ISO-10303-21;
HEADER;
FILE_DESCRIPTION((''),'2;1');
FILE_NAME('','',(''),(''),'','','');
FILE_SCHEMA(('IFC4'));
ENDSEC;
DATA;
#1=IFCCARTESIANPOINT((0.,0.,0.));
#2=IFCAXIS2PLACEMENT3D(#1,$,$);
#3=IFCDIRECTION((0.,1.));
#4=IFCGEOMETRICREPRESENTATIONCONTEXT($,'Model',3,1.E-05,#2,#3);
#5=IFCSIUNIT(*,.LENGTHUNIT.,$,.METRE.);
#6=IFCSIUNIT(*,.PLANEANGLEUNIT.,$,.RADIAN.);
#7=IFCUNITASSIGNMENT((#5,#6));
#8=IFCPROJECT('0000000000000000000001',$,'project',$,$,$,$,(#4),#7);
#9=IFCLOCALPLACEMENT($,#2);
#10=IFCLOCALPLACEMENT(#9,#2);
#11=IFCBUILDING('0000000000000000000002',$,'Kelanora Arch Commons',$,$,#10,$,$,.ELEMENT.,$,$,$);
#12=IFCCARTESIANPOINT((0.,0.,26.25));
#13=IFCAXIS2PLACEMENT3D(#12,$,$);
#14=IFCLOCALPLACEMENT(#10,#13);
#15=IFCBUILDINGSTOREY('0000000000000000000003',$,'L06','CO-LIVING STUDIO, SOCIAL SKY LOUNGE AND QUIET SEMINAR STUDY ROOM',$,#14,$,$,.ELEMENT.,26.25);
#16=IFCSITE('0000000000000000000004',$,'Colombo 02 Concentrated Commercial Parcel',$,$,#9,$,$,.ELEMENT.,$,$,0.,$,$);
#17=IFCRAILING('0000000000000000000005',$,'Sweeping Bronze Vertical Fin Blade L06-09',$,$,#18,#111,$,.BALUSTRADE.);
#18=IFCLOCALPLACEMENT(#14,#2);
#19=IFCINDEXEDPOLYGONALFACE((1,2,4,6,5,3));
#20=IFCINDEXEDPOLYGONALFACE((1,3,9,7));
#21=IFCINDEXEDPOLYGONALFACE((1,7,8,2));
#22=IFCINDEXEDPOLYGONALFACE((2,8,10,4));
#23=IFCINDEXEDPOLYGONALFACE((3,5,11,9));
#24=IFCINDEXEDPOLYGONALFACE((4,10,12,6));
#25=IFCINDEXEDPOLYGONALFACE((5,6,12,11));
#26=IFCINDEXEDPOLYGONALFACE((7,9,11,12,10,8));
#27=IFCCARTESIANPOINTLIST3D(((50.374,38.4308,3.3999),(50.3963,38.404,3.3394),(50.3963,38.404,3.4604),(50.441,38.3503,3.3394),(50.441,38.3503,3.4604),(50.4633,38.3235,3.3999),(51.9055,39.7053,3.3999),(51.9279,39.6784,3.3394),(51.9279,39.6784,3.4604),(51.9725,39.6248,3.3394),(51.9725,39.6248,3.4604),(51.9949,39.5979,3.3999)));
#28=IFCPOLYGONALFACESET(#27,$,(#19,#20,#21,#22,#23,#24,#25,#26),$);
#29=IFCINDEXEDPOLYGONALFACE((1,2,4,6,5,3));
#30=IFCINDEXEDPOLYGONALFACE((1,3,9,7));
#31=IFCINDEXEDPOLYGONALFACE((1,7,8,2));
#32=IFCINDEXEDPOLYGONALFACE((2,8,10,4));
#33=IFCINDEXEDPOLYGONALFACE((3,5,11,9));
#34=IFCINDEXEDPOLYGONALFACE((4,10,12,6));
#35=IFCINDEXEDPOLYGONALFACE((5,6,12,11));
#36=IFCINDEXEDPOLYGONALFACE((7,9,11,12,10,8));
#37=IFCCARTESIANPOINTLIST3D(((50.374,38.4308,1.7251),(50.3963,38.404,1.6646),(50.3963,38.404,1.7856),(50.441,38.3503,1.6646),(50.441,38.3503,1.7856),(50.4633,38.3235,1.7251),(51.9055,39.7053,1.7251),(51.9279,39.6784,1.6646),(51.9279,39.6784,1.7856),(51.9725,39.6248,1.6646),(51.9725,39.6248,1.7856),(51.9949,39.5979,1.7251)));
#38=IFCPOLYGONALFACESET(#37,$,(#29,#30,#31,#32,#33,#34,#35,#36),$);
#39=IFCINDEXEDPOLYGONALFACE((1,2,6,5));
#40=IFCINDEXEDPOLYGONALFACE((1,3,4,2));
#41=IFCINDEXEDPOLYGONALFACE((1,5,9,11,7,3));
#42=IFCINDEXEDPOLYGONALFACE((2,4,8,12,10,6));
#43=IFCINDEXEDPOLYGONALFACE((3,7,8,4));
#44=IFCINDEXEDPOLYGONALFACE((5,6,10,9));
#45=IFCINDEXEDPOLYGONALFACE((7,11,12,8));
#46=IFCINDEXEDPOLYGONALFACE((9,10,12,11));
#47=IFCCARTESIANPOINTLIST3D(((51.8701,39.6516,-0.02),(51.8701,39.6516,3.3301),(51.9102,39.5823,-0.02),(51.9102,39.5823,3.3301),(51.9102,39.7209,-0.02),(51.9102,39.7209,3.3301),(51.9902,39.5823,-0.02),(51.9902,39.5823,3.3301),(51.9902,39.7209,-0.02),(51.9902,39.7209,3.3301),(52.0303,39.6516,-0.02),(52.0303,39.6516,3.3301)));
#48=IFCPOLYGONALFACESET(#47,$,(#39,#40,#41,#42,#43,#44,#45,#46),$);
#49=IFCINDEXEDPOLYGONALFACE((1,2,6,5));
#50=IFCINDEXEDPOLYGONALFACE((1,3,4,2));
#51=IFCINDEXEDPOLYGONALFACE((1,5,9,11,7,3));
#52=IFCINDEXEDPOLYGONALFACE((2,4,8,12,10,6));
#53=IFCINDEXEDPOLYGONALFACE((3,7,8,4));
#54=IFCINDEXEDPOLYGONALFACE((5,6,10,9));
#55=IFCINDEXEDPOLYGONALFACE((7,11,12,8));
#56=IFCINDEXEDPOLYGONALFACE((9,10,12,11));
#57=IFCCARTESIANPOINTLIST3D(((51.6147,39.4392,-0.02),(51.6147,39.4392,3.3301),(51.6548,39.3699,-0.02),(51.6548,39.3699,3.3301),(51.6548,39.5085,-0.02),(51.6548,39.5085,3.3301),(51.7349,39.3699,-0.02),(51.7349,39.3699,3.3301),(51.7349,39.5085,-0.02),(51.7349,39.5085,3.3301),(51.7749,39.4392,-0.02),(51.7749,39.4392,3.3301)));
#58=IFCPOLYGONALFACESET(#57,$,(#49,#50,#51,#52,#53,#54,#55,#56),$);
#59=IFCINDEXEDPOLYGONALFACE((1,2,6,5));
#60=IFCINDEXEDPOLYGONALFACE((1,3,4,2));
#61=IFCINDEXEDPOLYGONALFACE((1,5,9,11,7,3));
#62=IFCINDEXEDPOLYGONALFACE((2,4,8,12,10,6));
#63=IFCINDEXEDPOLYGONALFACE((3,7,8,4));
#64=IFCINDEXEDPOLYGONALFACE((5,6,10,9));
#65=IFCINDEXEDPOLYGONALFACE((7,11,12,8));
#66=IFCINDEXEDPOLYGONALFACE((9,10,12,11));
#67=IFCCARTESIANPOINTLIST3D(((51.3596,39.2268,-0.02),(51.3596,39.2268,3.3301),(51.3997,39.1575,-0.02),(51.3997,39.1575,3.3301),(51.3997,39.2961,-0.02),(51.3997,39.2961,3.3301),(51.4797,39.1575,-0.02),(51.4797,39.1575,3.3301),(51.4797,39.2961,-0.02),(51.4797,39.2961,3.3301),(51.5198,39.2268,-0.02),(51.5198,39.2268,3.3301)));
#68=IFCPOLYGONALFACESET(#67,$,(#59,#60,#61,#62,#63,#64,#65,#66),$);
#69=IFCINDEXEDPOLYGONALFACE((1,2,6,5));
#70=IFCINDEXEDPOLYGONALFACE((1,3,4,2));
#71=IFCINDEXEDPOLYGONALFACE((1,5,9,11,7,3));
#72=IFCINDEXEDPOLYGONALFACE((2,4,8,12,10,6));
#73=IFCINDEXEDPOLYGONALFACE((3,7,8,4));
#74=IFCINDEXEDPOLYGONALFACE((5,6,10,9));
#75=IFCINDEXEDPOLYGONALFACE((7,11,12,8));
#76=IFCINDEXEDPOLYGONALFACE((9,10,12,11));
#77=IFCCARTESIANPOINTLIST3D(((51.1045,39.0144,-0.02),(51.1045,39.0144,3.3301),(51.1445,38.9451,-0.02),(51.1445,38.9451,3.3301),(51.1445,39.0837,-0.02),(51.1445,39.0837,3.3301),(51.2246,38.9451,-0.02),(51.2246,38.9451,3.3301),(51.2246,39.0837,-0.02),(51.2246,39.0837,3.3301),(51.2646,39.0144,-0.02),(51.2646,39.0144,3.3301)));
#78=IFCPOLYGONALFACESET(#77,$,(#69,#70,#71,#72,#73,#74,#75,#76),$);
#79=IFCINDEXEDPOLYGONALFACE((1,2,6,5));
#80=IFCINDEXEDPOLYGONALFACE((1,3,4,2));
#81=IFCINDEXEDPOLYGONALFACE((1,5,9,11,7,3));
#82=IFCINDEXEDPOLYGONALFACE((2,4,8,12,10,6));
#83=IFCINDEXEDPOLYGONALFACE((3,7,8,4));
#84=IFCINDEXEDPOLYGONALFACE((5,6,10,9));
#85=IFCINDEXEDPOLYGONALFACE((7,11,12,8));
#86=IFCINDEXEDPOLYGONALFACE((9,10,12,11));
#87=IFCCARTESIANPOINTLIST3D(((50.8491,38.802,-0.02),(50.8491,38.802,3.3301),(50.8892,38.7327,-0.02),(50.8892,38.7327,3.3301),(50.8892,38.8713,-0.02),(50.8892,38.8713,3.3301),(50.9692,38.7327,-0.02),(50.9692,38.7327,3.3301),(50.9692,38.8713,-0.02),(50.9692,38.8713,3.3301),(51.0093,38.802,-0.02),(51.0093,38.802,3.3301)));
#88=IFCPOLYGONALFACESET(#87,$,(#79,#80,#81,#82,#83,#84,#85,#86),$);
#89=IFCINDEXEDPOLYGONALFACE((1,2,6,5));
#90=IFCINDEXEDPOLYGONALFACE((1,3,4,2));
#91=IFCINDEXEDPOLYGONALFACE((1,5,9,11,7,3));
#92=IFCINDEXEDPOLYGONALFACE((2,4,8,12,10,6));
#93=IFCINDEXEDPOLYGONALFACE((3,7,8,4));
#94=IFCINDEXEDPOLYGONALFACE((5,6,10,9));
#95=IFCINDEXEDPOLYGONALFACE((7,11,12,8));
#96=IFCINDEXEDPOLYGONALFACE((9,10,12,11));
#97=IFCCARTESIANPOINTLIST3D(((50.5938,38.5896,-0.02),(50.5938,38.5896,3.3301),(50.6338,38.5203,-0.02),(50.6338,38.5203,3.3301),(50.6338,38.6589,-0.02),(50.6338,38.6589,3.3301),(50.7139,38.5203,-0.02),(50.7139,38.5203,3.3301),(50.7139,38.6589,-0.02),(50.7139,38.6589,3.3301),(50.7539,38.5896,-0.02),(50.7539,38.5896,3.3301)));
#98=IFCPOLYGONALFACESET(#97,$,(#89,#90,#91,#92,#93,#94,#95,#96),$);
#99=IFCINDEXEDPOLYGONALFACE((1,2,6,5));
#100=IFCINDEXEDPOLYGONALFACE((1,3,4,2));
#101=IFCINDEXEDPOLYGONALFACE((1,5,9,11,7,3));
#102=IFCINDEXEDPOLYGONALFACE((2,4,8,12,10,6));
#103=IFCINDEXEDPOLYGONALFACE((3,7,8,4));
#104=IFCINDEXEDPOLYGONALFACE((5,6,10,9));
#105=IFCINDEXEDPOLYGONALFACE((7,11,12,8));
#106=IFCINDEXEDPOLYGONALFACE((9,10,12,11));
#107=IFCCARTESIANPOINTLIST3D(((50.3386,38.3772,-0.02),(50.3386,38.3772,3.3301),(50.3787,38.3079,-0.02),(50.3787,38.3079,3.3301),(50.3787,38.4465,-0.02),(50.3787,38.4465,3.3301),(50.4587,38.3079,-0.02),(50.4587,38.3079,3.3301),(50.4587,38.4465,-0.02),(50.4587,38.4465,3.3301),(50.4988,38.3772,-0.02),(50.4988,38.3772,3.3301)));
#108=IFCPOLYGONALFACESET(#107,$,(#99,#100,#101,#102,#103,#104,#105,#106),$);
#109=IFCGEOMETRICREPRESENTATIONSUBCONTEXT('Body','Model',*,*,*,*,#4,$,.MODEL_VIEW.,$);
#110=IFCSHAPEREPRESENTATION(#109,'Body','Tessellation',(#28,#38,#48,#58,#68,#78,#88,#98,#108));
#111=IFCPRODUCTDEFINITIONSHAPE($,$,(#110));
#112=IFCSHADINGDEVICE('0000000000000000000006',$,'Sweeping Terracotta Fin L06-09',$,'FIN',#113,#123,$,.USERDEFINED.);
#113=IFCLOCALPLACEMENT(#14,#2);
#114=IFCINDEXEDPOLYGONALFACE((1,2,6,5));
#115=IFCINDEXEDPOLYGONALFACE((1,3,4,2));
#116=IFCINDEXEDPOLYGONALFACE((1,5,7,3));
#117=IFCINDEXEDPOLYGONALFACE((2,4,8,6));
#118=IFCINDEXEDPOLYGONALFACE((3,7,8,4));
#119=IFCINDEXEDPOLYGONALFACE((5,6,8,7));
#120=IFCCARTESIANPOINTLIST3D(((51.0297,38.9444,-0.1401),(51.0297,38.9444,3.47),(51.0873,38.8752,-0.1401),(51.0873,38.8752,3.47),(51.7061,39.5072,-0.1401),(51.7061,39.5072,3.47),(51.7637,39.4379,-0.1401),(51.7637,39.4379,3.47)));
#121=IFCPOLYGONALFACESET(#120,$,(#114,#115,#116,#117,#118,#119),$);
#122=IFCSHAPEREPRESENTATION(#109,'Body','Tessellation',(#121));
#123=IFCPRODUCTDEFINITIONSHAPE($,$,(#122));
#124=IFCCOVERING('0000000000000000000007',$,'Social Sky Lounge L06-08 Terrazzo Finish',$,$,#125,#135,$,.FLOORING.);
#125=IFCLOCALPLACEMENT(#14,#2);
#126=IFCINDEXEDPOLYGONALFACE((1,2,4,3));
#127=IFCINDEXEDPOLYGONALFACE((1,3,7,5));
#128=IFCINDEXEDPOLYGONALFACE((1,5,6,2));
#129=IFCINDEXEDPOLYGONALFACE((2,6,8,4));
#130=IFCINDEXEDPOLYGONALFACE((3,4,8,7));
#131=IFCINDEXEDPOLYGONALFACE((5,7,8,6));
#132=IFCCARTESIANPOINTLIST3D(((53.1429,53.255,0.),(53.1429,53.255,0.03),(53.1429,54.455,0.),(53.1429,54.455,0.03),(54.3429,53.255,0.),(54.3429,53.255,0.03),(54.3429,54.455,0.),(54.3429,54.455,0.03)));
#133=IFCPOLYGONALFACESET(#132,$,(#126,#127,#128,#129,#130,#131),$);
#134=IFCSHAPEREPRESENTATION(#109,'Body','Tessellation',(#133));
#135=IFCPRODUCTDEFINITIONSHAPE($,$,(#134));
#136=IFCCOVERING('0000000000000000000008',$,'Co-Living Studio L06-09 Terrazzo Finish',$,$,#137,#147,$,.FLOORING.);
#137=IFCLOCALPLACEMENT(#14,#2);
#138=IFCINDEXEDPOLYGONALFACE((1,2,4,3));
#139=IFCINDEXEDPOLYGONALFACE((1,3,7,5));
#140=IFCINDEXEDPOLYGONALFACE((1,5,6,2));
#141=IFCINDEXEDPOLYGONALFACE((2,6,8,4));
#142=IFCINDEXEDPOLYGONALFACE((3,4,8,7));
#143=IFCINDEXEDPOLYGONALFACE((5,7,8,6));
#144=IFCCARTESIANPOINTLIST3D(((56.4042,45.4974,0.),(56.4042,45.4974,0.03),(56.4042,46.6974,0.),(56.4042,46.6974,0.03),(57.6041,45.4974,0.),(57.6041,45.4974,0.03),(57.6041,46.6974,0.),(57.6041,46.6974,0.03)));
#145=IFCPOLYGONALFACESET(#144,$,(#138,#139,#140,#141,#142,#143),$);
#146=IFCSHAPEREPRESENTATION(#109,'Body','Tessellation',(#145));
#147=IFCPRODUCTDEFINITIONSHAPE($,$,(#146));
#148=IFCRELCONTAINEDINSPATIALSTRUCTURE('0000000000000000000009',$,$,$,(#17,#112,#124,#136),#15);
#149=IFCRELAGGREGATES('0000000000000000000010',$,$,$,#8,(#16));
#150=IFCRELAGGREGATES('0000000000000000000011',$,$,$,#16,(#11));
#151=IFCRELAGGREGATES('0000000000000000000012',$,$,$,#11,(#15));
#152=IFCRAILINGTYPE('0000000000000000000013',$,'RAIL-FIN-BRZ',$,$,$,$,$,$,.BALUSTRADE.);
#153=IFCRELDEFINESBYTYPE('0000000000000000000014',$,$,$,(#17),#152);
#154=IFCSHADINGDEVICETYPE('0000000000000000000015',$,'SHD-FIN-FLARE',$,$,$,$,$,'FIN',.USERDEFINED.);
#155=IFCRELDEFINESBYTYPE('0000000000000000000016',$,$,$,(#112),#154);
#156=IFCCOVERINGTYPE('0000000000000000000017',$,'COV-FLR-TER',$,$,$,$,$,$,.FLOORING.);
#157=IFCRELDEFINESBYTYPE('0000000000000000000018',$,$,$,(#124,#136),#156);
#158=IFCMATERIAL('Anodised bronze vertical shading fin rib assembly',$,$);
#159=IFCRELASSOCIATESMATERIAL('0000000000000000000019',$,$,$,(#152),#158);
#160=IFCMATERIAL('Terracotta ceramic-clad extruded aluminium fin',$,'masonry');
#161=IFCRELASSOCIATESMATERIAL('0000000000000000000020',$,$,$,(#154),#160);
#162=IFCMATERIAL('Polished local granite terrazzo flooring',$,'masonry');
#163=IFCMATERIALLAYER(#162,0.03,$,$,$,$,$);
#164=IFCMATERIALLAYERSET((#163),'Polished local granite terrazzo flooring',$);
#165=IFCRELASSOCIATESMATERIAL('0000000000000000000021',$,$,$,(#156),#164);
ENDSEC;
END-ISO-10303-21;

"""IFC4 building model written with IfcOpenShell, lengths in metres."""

from ifc_helpers import new_model, si_unit, direction, frame, origin, origin_2d, place, context, subcontext, project, spatial, polyline, rectangle, outline, extrude, source, transform, mapped, material, layer, layer_set, type_object, element, save


model = new_model("IFC4")

# Units and contexts
model_context = context("Model", 3, precision=1e-05, world=origin(), true_north=direction((0.0, 1.0)))
body_context = subcontext(model_context, "Body", "Model", "MODEL_VIEW")
ifc_project = project(units=[si_unit("LENGTHUNIT", "METRE"), si_unit("PLANEANGLEUNIT", "RADIAN")], contexts=[model_context])

# Site, building, storey
site_placement = place(None, origin())
site = spatial("IfcSite", under=ifc_project, at=site_placement, Name="Colombo 02 Concentrated Commercial Parcel", CompositionType="ELEMENT", RefElevation=0.0)
building_placement = place(site_placement, origin())
building = spatial("IfcBuilding", under=site, at=building_placement, Name="Kelanora Arch Commons", CompositionType="ELEMENT")
storey_placement = place(building_placement, frame((0.0, 0.0, 26.25)))
storey = spatial("IfcBuildingStorey", under=building, at=storey_placement, Name="L06", Description="CO-LIVING STUDIO, SOCIAL SKY LOUNGE AND QUIET SEMINAR STUDY ROOM", CompositionType="ELEMENT", Elevation=26.25)

# Railing
ifc_material_1 = material(Name="Anodised bronze vertical shading fin rib assembly")
railing_type = type_object("IfcRailingType", Name="RAIL-FIN-BRZ", PredefinedType="BALUSTRADE", material=ifc_material_1)
railing_placement = place(storey_placement, frame((51.9502, 39.6516, -0.02)))
element("IfcRailing", 1, at=railing_placement, inside=storey, type_object=railing_type, Name="Sweeping Bronze Vertical Fin Blade L06-09", PredefinedType="BALUSTRADE", context=body_context, shape_type="SweptSolid", body=[
    extrude(outline(polyline([(0.0698, 0.0), (0.0349, 0.0605), (-0.0349, 0.0605), (-0.0698, 0.0), (-0.0349, -0.0605), (0.0349, -0.0605), (0.0698, 0.0)])), frame((0.0, 0.0, 3.4199), z_axis=(-0.768673, -0.639642, 0.0), x_axis=(0.639642, -0.768673, 0.0)), (0.0, 0.0, 1.0), 1.9924),
    extrude(outline(polyline([(0.0698, 0.0), (0.0349, 0.0605), (-0.0349, 0.0605), (-0.0698, 0.0), (-0.0349, -0.0605), (0.0349, -0.0605), (0.0698, 0.0)])), frame((0.0, 0.0, 1.7451), z_axis=(-0.768673, -0.639642, 0.0), x_axis=(0.639642, -0.768673, 0.0)), (0.0, 0.0, 1.0), 1.9924),
    extrude(outline(polyline([(0.0801, 0.0), (0.04, 0.0693), (-0.04, 0.0693), (-0.0801, 0.0), (-0.04, -0.0693), (0.04, -0.0693), (0.0801, 0.0)])), origin(), (0.0, 0.0, 1.0), 3.3501),
    extrude(outline(polyline([(0.0801, 0.0), (0.04, 0.0693), (-0.04, 0.0693), (-0.0801, 0.0), (-0.04, -0.0693), (0.04, -0.0693), (0.0801, 0.0)])), frame((-0.2554, -0.2124, 0.0)), (0.0, 0.0, 1.0), 3.3501),
    extrude(outline(polyline([(0.0801, 0.0), (0.04, 0.0693), (-0.04, 0.0693), (-0.0801, 0.0), (-0.04, -0.0693), (0.04, -0.0693), (0.0801, 0.0)])), frame((-0.5105, -0.4248, 0.0)), (0.0, 0.0, 1.0), 3.3501),
    extrude(outline(polyline([(0.0801, 0.0), (0.04, 0.0693), (-0.04, 0.0693), (-0.0801, 0.0), (-0.04, -0.0693), (0.04, -0.0693), (0.0801, 0.0)])), frame((-0.7656, -0.6372, 0.0)), (0.0, 0.0, 1.0), 3.3501),
    extrude(outline(polyline([(0.0801, 0.0), (0.04, 0.0693), (-0.04, 0.0693), (-0.0801, 0.0), (-0.04, -0.0693), (0.04, -0.0693), (0.0801, 0.0)])), frame((-1.021, -0.8496, 0.0)), (0.0, 0.0, 1.0), 3.3501),
    extrude(outline(polyline([(0.0801, 0.0), (0.04, 0.0693), (-0.04, 0.0693), (-0.0801, 0.0), (-0.04, -0.0693), (0.04, -0.0693), (0.0801, 0.0)])), frame((-1.2764, -1.062, 0.0)), (0.0, 0.0, 1.0), 3.3501),
    extrude(outline(polyline([(0.0801, 0.0), (0.04, 0.0693), (-0.04, 0.0693), (-0.0801, 0.0), (-0.04, -0.0693), (0.04, -0.0693), (0.0801, 0.0)])), frame((-1.5315, -1.2744, 0.0)), (0.0, 0.0, 1.0), 3.3501),
])

# Shading device
ifc_material_2 = material(Name="Terracotta ceramic-clad extruded aluminium fin", Category="masonry")
shading_device_type = type_object("IfcShadingDeviceType", Name="SHD-FIN-FLARE", ElementType="FIN", PredefinedType="USERDEFINED", material=ifc_material_2)
shared_shape_1 = source(origin(), body_context, "Body", "SweptSolid", [
    extrude(rectangle(XDim=0.8799, YDim=0.0901, at=origin_2d()), origin(), (0.0, 0.0, 1.0), 3.6101),
])
shading_device_placement = place(storey_placement, frame((51.3967, 39.1912, -0.1401), z_axis=(0.0, 0.0, 1.0), x_axis=(-0.76873, -0.639573, 0.0)))
element("IfcShadingDevice", 2, at=shading_device_placement, inside=storey, type_object=shading_device_type, Name="Sweeping Terracotta Fin L06-09", ObjectType="FIN", PredefinedType="USERDEFINED", context=body_context, shape_type="MappedRepresentation", body=[
    mapped(shared_shape_1, transform((0.0, 0.0, 0.0), scale=1.0)),
])

# Coverings
ifc_material_3 = material(Name="Polished local granite terrazzo flooring", Category="masonry")
ifc_layer_1 = layer(ifc_material_3, 0.03)
ifc_layer_set_1 = layer_set([ifc_layer_1], Name="Polished local granite terrazzo flooring")
covering_type = type_object("IfcCoveringType", Name="COV-FLR-TER", PredefinedType="FLOORING", material=ifc_layer_set_1)
shared_shape_2 = source(origin(), body_context, "Body", "SweptSolid", [
    extrude(rectangle(XDim=1.2, YDim=1.2, at=origin_2d()), origin(), (0.0, 0.0, 1.0), 0.03),
])
for number, where, z_axis, x_axis, name in (
    (3, (53.7429, 53.855, 0.0), (0.0, 0.0, 1.0), (1.0, 0.0, 0.0), "Social Sky Lounge L06-08 Terrazzo Finish"),
    (4, (57.0042, 46.0974, 0.0), (0.0, 0.0, 1.0), (1.0, 0.0, 0.0), "Co-Living Studio L06-09 Terrazzo Finish"),
):
    element("IfcCovering", number, at=place(storey_placement, frame(where, z_axis=z_axis, x_axis=x_axis)), inside=storey, type_object=covering_type, Name=name, PredefinedType="FLOORING", context=body_context, shape_type="MappedRepresentation", body=[
        mapped(shared_shape_2, transform((0.0, 0.0, 0.0), scale=1.0)),
    ])

save(model, "model.ifc")
